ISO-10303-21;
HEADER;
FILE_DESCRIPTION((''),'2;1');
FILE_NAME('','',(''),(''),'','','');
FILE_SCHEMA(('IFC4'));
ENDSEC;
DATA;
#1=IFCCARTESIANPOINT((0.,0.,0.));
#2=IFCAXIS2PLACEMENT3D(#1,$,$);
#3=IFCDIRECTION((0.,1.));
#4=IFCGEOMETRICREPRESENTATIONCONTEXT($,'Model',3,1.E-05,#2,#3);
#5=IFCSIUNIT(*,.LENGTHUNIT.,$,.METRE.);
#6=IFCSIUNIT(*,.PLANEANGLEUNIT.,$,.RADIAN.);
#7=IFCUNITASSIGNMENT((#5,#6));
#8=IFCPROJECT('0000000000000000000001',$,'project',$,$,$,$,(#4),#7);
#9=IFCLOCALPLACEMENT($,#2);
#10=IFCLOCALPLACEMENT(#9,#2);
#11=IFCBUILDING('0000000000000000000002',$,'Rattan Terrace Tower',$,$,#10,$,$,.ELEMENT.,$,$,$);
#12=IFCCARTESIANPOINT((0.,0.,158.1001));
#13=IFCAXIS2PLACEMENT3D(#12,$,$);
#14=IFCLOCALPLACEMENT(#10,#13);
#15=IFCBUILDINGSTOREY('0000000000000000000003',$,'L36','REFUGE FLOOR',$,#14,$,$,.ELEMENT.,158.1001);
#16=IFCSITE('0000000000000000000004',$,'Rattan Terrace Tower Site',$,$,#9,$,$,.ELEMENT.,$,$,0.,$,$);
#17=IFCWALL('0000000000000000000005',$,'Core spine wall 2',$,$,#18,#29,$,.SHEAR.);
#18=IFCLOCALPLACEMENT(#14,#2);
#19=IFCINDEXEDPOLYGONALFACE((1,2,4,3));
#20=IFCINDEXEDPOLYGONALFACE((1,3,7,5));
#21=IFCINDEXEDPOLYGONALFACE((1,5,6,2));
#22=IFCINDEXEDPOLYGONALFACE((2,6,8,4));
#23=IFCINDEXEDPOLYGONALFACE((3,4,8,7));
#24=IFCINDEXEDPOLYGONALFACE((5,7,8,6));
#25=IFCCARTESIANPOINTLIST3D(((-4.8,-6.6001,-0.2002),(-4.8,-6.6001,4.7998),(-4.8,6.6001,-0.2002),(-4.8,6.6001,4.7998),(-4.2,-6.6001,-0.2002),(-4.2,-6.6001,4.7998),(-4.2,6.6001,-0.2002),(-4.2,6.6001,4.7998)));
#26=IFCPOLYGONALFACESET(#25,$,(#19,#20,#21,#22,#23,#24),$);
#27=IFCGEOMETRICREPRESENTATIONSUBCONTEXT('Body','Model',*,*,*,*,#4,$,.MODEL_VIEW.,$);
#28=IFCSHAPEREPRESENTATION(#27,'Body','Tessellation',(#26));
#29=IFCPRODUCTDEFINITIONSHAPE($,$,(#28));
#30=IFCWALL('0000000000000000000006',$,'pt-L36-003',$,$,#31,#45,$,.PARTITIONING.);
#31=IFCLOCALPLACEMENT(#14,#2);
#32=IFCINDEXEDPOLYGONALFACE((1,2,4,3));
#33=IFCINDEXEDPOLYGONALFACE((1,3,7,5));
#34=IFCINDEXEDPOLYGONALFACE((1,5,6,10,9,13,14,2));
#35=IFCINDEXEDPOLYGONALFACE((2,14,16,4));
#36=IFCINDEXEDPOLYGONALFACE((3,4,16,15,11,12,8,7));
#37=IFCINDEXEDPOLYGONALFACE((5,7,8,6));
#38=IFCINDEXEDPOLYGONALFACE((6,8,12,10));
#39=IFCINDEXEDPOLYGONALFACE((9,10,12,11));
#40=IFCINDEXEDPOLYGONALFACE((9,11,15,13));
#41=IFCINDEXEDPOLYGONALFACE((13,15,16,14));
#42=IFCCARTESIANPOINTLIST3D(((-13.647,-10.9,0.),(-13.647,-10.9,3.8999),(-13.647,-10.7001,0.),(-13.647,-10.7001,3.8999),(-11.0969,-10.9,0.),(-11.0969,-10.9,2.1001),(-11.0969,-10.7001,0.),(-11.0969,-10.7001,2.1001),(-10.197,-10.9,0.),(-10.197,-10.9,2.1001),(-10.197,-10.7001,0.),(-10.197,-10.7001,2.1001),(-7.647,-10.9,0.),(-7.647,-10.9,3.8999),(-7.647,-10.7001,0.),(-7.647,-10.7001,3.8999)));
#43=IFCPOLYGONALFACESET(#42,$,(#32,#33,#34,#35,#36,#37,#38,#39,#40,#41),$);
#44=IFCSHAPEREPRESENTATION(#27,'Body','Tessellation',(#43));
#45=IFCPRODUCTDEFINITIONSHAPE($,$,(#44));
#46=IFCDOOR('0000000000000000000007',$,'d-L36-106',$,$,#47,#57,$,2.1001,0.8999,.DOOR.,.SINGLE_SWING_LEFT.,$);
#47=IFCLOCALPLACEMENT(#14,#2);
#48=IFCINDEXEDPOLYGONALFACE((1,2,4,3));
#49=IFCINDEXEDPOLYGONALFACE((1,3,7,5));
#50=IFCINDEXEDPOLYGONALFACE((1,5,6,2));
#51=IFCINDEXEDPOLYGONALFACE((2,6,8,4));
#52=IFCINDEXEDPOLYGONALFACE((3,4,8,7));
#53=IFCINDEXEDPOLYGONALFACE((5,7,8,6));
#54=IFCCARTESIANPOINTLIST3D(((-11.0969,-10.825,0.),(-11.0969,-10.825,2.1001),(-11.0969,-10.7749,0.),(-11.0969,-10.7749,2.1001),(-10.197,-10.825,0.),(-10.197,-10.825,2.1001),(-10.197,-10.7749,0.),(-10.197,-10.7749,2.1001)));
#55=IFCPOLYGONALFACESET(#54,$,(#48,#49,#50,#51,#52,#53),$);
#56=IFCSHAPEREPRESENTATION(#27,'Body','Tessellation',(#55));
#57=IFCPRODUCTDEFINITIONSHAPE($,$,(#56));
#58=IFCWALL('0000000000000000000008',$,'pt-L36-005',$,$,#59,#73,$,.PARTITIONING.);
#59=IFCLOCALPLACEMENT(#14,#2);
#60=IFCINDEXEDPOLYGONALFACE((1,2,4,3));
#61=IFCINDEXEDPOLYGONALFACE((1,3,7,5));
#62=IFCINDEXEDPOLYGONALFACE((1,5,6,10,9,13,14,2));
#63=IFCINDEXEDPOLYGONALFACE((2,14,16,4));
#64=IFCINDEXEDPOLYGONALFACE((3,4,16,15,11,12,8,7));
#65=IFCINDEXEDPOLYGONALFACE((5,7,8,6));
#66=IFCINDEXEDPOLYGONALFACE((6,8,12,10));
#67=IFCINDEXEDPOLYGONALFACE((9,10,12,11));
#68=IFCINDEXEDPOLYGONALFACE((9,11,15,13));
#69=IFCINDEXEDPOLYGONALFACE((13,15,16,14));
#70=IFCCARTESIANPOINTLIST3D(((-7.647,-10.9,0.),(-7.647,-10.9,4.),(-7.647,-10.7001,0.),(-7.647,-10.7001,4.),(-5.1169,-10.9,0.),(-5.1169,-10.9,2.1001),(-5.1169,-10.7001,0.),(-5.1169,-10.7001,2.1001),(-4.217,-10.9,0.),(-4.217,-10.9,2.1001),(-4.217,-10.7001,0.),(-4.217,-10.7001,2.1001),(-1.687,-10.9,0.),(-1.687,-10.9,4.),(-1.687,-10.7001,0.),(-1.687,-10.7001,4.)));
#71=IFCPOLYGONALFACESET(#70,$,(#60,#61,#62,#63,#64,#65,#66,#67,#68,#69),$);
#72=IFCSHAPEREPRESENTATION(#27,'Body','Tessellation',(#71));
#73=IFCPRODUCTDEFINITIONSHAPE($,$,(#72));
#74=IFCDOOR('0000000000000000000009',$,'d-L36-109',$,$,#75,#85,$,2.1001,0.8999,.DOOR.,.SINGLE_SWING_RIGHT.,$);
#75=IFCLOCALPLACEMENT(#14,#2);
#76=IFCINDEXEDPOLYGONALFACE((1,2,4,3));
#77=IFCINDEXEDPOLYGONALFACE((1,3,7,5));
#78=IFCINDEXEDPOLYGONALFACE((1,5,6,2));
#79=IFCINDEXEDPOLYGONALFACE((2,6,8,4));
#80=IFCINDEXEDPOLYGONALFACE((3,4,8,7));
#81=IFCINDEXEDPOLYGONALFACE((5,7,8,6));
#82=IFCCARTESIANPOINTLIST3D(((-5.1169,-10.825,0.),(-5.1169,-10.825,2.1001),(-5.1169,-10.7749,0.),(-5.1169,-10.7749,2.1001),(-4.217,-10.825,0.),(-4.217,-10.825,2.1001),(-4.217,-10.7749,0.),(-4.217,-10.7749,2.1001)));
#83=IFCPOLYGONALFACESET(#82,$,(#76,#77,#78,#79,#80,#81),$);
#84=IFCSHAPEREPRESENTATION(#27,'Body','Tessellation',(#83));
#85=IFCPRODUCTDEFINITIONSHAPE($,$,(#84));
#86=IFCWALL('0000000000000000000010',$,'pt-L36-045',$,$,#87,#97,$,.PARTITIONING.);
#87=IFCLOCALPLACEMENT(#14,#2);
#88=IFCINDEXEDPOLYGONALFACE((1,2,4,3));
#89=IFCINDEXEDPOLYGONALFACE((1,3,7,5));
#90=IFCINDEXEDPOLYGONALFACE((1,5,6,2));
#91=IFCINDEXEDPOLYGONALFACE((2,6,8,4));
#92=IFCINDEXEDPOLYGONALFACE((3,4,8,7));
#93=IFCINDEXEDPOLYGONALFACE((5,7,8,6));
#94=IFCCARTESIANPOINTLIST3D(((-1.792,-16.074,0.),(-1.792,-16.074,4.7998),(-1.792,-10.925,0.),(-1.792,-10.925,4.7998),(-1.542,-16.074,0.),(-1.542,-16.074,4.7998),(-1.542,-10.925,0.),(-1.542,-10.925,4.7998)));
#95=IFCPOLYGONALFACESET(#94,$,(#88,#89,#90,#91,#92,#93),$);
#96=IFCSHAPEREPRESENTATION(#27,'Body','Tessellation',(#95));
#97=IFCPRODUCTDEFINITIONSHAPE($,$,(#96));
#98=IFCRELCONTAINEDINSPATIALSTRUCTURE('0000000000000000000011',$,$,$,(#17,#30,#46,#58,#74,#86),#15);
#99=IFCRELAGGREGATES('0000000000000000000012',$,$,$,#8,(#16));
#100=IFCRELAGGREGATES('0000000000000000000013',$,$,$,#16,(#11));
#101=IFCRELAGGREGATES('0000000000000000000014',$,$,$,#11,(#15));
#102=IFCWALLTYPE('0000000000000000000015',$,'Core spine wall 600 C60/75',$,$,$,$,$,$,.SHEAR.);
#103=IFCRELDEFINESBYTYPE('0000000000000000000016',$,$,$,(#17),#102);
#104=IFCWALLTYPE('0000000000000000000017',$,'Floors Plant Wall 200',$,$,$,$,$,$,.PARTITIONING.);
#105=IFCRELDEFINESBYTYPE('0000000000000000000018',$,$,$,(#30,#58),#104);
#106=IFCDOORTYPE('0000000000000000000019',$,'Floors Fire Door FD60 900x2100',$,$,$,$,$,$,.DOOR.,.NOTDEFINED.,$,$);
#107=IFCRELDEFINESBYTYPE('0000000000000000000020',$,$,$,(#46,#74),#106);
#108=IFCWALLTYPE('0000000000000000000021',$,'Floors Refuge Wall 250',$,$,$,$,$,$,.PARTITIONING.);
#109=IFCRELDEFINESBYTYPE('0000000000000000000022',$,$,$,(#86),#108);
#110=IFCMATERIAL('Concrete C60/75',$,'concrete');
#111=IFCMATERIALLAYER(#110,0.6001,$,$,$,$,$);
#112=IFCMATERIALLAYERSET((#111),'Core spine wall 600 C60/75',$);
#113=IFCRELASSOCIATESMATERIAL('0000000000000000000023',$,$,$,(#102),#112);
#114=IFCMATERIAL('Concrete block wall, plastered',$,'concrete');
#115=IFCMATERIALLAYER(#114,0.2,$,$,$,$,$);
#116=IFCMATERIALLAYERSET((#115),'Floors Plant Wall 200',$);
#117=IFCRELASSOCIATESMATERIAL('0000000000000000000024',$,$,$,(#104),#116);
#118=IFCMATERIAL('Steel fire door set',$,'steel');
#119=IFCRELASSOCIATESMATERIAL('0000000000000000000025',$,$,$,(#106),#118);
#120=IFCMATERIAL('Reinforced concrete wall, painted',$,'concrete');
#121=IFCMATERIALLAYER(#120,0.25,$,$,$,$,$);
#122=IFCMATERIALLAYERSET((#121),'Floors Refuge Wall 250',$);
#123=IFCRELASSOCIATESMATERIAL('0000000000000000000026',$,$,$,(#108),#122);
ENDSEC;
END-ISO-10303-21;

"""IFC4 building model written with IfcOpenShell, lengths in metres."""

from ifc_helpers import new_model, si_unit, direction, frame, frame_2d, origin, place, context, subcontext, project, spatial, rectangle, extrude, material, layer, layer_set, type_object, element, fill, save


model = new_model("IFC4")

# Units and contexts
model_context = context("Model", 3, precision=1e-05, world=origin(), true_north=direction((0.0, 1.0)))
body_context = subcontext(model_context, "Body", "Model", "MODEL_VIEW")
ifc_project = project(units=[si_unit("LENGTHUNIT", "METRE"), si_unit("PLANEANGLEUNIT", "RADIAN")], contexts=[model_context])

# Site, building, storey
site_placement = place(None, origin())
site = spatial("IfcSite", under=ifc_project, at=site_placement, Name="Rattan Terrace Tower Site", CompositionType="ELEMENT", RefElevation=0.0)
building_placement = place(site_placement, origin())
building = spatial("IfcBuilding", under=site, at=building_placement, Name="Rattan Terrace Tower", CompositionType="ELEMENT")
storey_placement = place(building_placement, frame((0.0, 0.0, 158.1001)))
storey = spatial("IfcBuildingStorey", under=building, at=storey_placement, Name="L36", Description="REFUGE FLOOR", CompositionType="ELEMENT", Elevation=158.1001)

# Wall
ifc_material_1 = material(Name="Concrete C60/75", Category="concrete")
ifc_layer_1 = layer(ifc_material_1, 0.6001)
ifc_layer_set_1 = layer_set([ifc_layer_1], Name="Core spine wall 600 C60/75")
wall_type_1 = type_object("IfcWallType", Name="Core spine wall 600 C60/75", PredefinedType="SHEAR", material=ifc_layer_set_1)
wall_1_placement = place(storey_placement, frame((-4.5, -6.6001, -0.2002), z_axis=(0.0, 0.0, 1.0), x_axis=(0.0, 1.0, 0.0)))
element("IfcWall", 1, at=wall_1_placement, inside=storey, type_object=wall_type_1, Name="Core spine wall 2", PredefinedType="SHEAR", context=body_context, shape_type="SweptSolid", body=[
    extrude(rectangle(XDim=13.2002, YDim=0.6001, at=frame_2d((6.6001, 0.0))), origin(), (0.0, 0.0, 1.0), 5.0),
])

# Walls, openings, doors
ifc_material_2 = material(Name="Concrete block wall, plastered", Category="concrete")
ifc_layer_2 = layer(ifc_material_2, 0.2)
ifc_layer_set_2 = layer_set([ifc_layer_2], Name="Floors Plant Wall 200")
wall_type_2 = type_object("IfcWallType", Name="Floors Plant Wall 200", PredefinedType="PARTITIONING", material=ifc_layer_set_2)
wall_2_placement = place(storey_placement, frame((-7.647, -10.8, 0.0), z_axis=(0.0, 0.0, 1.0), x_axis=(-1.0, 0.0, 0.0)))
wall_2 = element("IfcWall", 2, at=wall_2_placement, inside=storey, type_object=wall_type_2, Name="pt-L36-003", PredefinedType="PARTITIONING", context=body_context, shape_type="SweptSolid", body=[
    extrude(rectangle(XDim=6.0, YDim=0.2, at=frame_2d((3.0, 0.0))), origin(), (0.0, 0.0, 1.0), 3.8999),
])
opening_1_placement = place(wall_2_placement, frame((2.55, 0.0, 0.0)))
opening_1 = element("IfcOpeningElement", 3, at=opening_1_placement, cuts=wall_2, PredefinedType="OPENING", context=body_context, shape_type="SweptSolid", body=[
    extrude(rectangle(XDim=0.8999, YDim=2.1001, at=frame_2d((0.45, 1.05))), frame((0.0, 0.1106, 0.0), z_axis=(0.0, -1.0, 0.0), x_axis=(1.0, 0.0, 0.0)), (0.0, 0.0, 1.0), 0.2209),
])
ifc_material_3 = material(Name="Steel fire door set", Category="steel")
door_type_1 = type_object("IfcDoorType", Name="Floors Fire Door FD60 900x2100", OperationType="NOTDEFINED", PredefinedType="DOOR", material=ifc_material_3)
door_1_placement = place(opening_1_placement, origin())
door_1 = element("IfcDoor", 4, at=door_1_placement, inside=storey, type_object=door_type_1, Name="d-L36-106", OperationType="SINGLE_SWING_LEFT", OverallHeight=2.1001, OverallWidth=0.8999, PredefinedType="DOOR", context=body_context, shape_type="SweptSolid", body=[
    extrude(rectangle(XDim=0.8999, YDim=2.1001, at=frame_2d((0.45, 1.05))), frame((0.0, 0.0249, 0.0), z_axis=(0.0, -1.0, 0.0), x_axis=(1.0, 0.0, 0.0)), (0.0, 0.0, 1.0), 0.05),
])
fill(opening_1, door_1)
wall_3_placement = place(storey_placement, frame((-1.687, -10.8, 0.0), z_axis=(0.0, 0.0, 1.0), x_axis=(-1.0, 0.0, 0.0)))
wall_3 = element("IfcWall", 5, at=wall_3_placement, inside=storey, type_object=wall_type_2, Name="pt-L36-005", PredefinedType="PARTITIONING", context=body_context, shape_type="SweptSolid", body=[
    extrude(rectangle(XDim=5.96, YDim=0.2, at=frame_2d((2.98, 0.0))), origin(), (0.0, 0.0, 1.0), 4.0),
])
opening_2_placement = place(wall_3_placement, frame((2.53, 0.0, 0.0)))
opening_2 = element("IfcOpeningElement", 6, at=opening_2_placement, cuts=wall_3, PredefinedType="OPENING", context=body_context, shape_type="SweptSolid", body=[
    extrude(rectangle(XDim=0.8999, YDim=2.1001, at=frame_2d((0.45, 1.05))), frame((0.0, 0.1106, 0.0), z_axis=(0.0, -1.0, 0.0), x_axis=(1.0, 0.0, 0.0)), (0.0, 0.0, 1.0), 0.2209),
])
door_2_placement = place(opening_2_placement, origin())
door_2 = element("IfcDoor", 7, at=door_2_placement, inside=storey, type_object=door_type_1, Name="d-L36-109", OperationType="SINGLE_SWING_RIGHT", OverallHeight=2.1001, OverallWidth=0.8999, PredefinedType="DOOR", context=body_context, shape_type="SweptSolid", body=[
    extrude(rectangle(XDim=0.8999, YDim=2.1001, at=frame_2d((0.45, 1.05))), frame((0.0, 0.0249, 0.0), z_axis=(0.0, -1.0, 0.0), x_axis=(1.0, 0.0, 0.0)), (0.0, 0.0, 1.0), 0.05),
])
fill(opening_2, door_2)

# Wall
ifc_material_4 = material(Name="Reinforced concrete wall, painted", Category="concrete")
ifc_layer_3 = layer(ifc_material_4, 0.25)
ifc_layer_set_3 = layer_set([ifc_layer_3], Name="Floors Refuge Wall 250")
wall_type_3 = type_object("IfcWallType", Name="Floors Refuge Wall 250", PredefinedType="PARTITIONING", material=ifc_layer_set_3)
wall_4_placement = place(storey_placement, frame((-1.667, -10.925, 0.0), z_axis=(0.0, 0.0, 1.0), x_axis=(0.0, -1.0, 0.0)))
element("IfcWall", 8, at=wall_4_placement, inside=storey, type_object=wall_type_3, Name="pt-L36-045", PredefinedType="PARTITIONING", context=body_context, shape_type="SweptSolid", body=[
    extrude(rectangle(XDim=5.1489, YDim=0.25, at=frame_2d((2.5745, 0.0))), origin(), (0.0, 0.0, 1.0), 4.7998),
])

save(model, "model.ifc")
